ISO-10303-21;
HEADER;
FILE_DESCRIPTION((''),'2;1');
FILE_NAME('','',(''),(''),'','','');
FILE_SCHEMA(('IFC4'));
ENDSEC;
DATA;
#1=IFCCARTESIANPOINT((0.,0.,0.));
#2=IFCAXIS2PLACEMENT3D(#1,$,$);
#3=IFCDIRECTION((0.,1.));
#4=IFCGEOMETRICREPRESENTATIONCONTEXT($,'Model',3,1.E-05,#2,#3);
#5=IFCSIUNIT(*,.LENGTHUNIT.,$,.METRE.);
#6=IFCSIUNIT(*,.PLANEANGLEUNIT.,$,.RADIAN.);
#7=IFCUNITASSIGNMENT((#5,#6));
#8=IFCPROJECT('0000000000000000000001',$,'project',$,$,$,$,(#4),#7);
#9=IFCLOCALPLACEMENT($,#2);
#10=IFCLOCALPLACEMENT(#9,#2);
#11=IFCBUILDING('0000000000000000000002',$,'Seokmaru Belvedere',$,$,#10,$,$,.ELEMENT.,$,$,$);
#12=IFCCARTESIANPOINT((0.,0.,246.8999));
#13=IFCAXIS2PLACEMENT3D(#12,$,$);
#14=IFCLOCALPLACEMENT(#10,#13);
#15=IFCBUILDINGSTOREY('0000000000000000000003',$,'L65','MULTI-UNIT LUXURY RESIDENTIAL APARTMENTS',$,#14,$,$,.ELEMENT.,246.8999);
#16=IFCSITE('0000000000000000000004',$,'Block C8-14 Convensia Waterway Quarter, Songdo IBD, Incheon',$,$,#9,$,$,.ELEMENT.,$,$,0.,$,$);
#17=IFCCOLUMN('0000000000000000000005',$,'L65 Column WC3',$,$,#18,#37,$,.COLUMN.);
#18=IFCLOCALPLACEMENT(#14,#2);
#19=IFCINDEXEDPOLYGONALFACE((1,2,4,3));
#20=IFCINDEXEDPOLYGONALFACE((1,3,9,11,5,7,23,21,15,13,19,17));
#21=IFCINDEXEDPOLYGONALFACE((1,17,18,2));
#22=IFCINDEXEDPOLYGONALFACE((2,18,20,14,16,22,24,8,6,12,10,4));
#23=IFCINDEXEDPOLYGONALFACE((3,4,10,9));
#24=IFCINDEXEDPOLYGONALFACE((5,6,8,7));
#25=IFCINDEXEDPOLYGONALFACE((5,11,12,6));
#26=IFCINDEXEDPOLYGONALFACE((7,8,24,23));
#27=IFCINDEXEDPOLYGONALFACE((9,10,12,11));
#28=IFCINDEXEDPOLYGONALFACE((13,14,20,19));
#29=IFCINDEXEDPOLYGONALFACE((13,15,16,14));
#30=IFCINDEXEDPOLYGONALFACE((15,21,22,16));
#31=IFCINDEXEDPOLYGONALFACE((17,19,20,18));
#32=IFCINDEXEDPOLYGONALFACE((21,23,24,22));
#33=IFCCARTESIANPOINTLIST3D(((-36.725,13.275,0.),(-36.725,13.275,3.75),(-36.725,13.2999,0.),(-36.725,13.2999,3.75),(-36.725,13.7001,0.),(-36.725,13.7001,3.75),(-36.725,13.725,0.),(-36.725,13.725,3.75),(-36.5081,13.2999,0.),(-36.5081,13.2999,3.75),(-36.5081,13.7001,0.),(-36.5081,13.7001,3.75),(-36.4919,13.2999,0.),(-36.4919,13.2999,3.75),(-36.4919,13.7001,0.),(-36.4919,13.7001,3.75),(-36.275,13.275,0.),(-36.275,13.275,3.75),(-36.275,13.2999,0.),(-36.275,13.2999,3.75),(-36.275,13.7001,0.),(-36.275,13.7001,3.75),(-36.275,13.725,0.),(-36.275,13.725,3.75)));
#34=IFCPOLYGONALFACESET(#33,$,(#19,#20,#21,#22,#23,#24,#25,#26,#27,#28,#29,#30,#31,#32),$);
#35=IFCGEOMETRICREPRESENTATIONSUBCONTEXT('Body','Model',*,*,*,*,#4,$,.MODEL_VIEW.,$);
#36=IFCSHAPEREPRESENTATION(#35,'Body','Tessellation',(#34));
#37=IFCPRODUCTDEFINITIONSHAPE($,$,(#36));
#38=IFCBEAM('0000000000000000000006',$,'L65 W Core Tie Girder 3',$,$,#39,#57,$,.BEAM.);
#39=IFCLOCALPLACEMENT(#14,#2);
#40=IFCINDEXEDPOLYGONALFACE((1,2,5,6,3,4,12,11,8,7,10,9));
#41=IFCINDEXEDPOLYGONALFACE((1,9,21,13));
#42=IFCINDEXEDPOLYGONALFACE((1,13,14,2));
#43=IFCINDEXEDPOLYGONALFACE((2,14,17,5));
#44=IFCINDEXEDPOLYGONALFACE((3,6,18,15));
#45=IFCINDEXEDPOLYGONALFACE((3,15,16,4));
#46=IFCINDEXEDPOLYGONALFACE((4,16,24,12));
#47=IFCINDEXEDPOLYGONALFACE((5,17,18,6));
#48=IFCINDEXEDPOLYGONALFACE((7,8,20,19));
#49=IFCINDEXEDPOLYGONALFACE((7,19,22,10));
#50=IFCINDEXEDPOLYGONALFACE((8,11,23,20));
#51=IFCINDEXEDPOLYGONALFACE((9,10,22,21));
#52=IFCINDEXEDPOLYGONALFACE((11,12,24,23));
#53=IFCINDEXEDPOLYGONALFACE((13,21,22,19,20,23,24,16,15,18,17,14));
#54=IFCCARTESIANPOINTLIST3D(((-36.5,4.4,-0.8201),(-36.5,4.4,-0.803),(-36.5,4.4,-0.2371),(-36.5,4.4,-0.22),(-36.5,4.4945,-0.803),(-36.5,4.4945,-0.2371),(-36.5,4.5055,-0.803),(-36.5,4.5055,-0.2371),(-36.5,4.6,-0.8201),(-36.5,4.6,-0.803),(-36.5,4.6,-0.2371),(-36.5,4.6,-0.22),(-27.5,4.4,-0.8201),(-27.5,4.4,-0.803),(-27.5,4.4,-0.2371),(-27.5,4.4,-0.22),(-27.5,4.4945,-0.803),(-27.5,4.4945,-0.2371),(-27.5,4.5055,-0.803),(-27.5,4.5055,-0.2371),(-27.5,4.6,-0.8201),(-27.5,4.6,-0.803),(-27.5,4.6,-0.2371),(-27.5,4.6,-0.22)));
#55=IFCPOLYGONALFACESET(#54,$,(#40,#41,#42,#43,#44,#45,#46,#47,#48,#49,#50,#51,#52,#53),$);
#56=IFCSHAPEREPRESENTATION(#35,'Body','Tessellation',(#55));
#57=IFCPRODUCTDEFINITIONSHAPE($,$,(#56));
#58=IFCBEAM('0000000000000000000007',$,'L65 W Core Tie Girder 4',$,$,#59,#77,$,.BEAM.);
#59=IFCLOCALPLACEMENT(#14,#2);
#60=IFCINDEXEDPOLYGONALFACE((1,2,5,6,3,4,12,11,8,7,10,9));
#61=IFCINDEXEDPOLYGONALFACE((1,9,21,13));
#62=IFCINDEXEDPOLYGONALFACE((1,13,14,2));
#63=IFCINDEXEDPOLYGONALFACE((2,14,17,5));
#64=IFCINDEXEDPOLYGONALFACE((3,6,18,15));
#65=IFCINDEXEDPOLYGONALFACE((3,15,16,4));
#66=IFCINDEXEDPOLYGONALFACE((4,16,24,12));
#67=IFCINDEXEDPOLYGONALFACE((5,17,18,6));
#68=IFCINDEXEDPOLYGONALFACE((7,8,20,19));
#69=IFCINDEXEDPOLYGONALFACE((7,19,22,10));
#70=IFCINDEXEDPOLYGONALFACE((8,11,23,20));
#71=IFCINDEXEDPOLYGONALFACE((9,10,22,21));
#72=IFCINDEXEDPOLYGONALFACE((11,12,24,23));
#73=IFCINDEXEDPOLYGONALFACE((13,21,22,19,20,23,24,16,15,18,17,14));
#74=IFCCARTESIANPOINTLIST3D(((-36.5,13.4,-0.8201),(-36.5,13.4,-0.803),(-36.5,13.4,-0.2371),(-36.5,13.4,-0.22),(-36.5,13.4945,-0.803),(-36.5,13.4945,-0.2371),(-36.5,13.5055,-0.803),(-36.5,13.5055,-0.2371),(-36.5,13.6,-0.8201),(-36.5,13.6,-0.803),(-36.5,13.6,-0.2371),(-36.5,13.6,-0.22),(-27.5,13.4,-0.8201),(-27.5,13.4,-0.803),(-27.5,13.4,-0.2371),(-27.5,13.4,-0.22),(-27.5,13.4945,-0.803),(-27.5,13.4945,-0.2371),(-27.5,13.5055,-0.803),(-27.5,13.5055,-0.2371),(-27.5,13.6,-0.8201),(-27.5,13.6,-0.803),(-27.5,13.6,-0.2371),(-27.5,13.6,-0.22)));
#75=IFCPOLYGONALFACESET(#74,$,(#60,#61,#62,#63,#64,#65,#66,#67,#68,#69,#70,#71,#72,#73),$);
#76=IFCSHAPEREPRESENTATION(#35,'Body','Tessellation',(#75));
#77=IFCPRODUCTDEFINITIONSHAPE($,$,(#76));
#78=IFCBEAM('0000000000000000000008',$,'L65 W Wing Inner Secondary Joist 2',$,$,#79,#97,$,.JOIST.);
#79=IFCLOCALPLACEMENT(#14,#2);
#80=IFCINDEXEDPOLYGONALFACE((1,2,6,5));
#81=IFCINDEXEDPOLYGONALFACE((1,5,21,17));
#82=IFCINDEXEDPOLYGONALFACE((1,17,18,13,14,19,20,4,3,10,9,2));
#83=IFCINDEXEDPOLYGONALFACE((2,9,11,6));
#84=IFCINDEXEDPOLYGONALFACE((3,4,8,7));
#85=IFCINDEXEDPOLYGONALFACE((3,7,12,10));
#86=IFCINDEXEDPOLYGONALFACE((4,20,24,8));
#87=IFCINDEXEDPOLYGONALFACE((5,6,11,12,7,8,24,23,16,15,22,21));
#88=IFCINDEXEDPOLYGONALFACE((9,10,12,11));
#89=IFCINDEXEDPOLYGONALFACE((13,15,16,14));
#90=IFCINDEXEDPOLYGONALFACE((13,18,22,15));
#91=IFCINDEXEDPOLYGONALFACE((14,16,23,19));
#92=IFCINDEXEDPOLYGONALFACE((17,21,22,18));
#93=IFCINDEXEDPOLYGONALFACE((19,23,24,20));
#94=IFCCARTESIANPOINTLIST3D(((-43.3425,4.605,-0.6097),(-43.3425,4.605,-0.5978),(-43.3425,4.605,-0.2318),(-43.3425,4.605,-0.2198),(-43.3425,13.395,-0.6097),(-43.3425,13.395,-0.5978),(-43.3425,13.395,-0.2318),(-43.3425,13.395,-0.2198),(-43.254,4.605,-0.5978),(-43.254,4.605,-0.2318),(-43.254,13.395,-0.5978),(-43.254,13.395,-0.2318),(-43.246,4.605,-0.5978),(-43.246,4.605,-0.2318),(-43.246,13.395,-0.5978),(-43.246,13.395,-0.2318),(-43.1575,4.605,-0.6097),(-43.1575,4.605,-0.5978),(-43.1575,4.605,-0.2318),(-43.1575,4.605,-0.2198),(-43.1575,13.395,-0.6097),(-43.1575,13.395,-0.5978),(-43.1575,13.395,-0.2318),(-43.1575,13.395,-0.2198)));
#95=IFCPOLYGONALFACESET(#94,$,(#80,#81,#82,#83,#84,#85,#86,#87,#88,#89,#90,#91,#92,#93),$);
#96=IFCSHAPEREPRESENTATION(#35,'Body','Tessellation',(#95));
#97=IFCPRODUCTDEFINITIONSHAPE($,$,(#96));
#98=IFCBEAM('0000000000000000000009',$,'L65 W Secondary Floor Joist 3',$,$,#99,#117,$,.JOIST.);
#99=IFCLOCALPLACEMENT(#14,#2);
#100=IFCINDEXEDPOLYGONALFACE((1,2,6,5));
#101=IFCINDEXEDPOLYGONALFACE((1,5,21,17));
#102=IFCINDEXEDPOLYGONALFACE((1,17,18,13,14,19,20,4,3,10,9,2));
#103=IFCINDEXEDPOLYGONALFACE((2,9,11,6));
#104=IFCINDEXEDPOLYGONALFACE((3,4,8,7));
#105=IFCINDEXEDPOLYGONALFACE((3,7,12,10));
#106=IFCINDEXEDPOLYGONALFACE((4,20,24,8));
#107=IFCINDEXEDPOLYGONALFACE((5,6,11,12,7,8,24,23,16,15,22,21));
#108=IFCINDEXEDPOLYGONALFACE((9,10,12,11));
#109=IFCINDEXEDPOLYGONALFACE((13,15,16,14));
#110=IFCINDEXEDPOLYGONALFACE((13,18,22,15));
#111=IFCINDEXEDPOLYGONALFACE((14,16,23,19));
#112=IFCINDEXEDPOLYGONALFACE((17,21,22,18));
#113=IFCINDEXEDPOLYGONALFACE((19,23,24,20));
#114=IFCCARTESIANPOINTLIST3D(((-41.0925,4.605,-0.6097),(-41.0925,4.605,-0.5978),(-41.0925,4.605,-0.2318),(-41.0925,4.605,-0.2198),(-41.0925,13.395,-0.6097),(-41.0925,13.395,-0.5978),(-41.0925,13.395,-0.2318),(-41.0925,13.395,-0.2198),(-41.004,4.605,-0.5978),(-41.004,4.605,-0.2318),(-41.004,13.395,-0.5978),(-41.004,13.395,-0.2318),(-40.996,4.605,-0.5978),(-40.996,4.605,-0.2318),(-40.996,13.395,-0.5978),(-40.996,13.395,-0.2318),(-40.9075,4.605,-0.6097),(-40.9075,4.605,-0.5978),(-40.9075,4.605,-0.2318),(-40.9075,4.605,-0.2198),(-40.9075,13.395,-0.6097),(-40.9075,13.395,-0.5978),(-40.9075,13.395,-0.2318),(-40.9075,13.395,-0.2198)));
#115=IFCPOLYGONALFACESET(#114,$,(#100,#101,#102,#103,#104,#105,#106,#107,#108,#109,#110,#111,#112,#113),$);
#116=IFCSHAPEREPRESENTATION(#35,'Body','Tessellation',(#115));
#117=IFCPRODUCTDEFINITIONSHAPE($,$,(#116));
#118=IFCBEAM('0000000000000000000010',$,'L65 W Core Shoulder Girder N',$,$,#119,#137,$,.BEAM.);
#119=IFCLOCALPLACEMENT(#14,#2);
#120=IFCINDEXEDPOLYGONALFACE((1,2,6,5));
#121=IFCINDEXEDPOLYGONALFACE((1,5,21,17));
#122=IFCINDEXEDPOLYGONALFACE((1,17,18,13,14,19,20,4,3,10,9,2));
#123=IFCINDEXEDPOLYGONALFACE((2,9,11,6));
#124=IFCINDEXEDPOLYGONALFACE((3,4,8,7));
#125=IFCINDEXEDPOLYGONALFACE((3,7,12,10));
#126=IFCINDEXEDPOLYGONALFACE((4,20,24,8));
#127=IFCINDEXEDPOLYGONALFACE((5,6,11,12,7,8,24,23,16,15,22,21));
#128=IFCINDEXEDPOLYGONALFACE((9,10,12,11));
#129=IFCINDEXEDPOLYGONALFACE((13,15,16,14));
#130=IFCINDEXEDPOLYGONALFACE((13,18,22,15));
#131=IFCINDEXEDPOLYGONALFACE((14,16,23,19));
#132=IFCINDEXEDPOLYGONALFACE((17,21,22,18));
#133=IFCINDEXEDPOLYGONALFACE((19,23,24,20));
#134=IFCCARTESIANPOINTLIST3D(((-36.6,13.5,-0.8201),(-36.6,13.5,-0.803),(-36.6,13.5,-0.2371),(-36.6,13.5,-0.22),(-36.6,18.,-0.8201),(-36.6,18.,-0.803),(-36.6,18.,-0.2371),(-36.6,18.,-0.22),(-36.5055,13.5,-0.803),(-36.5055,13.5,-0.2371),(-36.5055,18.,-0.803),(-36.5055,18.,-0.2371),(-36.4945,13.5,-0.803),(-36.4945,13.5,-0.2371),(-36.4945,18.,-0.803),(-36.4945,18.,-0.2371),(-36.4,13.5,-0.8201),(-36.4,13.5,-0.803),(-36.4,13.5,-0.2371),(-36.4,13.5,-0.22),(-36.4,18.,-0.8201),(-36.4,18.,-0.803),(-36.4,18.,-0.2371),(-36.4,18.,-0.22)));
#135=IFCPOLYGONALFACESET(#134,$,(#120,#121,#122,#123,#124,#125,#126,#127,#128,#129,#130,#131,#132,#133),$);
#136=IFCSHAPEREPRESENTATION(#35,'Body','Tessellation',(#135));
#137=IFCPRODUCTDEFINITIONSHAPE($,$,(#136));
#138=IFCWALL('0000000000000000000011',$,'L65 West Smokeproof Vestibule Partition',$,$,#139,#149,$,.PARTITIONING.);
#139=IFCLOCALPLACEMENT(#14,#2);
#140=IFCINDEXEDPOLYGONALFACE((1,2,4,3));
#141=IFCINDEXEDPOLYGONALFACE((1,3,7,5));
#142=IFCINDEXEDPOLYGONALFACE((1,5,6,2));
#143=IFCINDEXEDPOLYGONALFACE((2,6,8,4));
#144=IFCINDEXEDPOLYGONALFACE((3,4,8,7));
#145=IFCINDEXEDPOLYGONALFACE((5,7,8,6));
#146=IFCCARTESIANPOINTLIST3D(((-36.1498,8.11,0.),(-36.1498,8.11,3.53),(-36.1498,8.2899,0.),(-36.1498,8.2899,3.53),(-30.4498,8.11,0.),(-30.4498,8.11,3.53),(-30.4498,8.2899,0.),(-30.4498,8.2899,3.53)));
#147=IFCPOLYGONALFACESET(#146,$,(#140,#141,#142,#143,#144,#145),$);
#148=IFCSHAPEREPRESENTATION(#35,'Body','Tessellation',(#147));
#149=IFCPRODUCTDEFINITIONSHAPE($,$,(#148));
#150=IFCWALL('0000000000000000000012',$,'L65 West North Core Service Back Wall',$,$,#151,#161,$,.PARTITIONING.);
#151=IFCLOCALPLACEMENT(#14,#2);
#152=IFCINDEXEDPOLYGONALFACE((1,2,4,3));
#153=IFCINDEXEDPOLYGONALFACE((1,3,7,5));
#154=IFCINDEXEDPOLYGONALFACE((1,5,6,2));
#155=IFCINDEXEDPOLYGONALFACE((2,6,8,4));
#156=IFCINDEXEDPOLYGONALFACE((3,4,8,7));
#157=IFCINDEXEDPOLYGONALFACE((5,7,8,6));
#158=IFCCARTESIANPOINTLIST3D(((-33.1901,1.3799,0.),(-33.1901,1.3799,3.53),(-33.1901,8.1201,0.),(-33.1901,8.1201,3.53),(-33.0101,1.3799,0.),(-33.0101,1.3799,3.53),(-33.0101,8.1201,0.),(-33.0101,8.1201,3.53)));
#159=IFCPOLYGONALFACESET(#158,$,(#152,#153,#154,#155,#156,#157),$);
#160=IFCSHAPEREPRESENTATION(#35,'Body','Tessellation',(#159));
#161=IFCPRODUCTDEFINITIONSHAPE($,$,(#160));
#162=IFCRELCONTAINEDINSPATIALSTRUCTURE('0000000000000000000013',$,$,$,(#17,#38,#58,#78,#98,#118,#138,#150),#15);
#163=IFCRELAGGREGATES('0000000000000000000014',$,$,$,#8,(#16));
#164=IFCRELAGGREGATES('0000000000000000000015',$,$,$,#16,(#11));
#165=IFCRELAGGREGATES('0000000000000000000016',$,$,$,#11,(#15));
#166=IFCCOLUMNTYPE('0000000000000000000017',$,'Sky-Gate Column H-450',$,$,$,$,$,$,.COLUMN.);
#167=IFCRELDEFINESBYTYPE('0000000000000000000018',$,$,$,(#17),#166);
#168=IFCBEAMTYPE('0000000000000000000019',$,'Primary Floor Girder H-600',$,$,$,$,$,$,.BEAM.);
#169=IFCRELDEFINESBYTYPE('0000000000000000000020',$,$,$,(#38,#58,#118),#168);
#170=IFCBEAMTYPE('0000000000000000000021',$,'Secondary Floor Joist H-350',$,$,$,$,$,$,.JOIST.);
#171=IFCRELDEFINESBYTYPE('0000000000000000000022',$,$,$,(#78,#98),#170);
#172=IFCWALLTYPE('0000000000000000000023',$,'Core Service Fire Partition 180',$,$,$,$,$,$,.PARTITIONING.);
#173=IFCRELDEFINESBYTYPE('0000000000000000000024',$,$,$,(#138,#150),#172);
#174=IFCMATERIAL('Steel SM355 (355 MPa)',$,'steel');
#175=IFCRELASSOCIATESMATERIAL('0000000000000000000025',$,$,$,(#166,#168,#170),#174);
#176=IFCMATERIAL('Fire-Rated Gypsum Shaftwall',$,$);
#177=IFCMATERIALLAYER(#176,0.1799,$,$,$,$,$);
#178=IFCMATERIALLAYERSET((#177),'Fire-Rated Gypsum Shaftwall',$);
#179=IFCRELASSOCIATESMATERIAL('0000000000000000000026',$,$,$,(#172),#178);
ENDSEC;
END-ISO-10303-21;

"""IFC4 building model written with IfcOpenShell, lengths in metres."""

from ifc_helpers import new_model, si_unit, direction, frame, frame_2d, origin, origin_2d, place, context, subcontext, project, spatial, rectangle, i_section, extrude, source, transform, mapped, material, layer, layer_set, material_profile, profile_set, type_object, type_shapes, element, save


model = new_model("IFC4")

# Units and contexts
model_context = context("Model", 3, precision=1e-05, world=origin(), true_north=direction((0.0, 1.0)))
body_context = subcontext(model_context, "Body", "Model", "MODEL_VIEW")
ifc_project = project(units=[si_unit("LENGTHUNIT", "METRE"), si_unit("PLANEANGLEUNIT", "RADIAN")], contexts=[model_context])

# Site, building, storey
site_placement = place(None, origin())
site = spatial("IfcSite", under=ifc_project, at=site_placement, Name="Block C8-14 Convensia Waterway Quarter, Songdo IBD, Incheon", CompositionType="ELEMENT", RefElevation=0.0)
building_placement = place(site_placement, origin())
building = spatial("IfcBuilding", under=site, at=building_placement, Name="Seokmaru Belvedere", CompositionType="ELEMENT")
storey_placement = place(building_placement, frame((0.0, 0.0, 246.8999)))
storey = spatial("IfcBuildingStorey", under=building, at=storey_placement, Name="L65", Description="MULTI-UNIT LUXURY RESIDENTIAL APARTMENTS", CompositionType="ELEMENT", Elevation=246.8999)

# Column
ifc_material_1 = material(Name="Steel SM355 (355 MPa)", Category="steel")
ifc_material_profile_1 = material_profile(ifc_material_1, i_section(OverallWidth=0.45, OverallDepth=0.45, WebThickness=0.0161, FlangeThickness=0.0249, at=origin_2d()), Name="H-450x450x16x25")
ifc_profile_set_1 = profile_set([ifc_material_profile_1], Name="Steel SM355 (355 MPa)")
column_type = type_object("IfcColumnType", Name="Sky-Gate Column H-450", PredefinedType="COLUMN", material=ifc_profile_set_1)
shared_shape_1 = source(origin(), body_context, "Body", "SweptSolid", [
    extrude(i_section(OverallWidth=0.45, OverallDepth=0.45, WebThickness=0.0161, FlangeThickness=0.0249, at=origin_2d()), origin(), (0.0, 0.0, 1.0), 3.75),
])
type_shapes(column_type, [shared_shape_1])
column_placement = place(storey_placement, frame((-36.5, 13.5, 0.0), z_axis=(0.0, 0.0, 1.0), x_axis=(1.0, 0.0, 0.0)))
element("IfcColumn", 1, at=column_placement, inside=storey, type_object=column_type, Name="L65 Column WC3", PredefinedType="COLUMN", context=body_context, shape_type="MappedRepresentation", body=[
    mapped(shared_shape_1, transform((0.0, 0.0, 0.0), scale=1.0)),
])

# Beams
ifc_material_profile_2 = material_profile(ifc_material_1, i_section(OverallWidth=0.2, OverallDepth=0.6001, WebThickness=0.011, FlangeThickness=0.0171, at=origin_2d()), Name="H-600x200x11x17")
ifc_profile_set_2 = profile_set([ifc_material_profile_2], Name="Steel SM355 (355 MPa)")
beam_type_1 = type_object("IfcBeamType", Name="Primary Floor Girder H-600", PredefinedType="BEAM", material=ifc_profile_set_2)
shared_shape_2 = source(origin(), body_context, "Body", "SweptSolid", [
    extrude(i_section(OverallWidth=0.2, OverallDepth=0.6001, WebThickness=0.011, FlangeThickness=0.0171, at=origin_2d()), origin(), (0.0, 0.0, 1.0), 9.0),
])
for number, where, z_axis, x_axis, name in (
    (2, (-36.5, 4.5, -0.52), (1.0, 0.0, 0.0), (0.0, 1.0, 0.0), "L65 W Core Tie Girder 3"),
    (3, (-36.5, 13.5, -0.52), (1.0, 0.0, 0.0), (0.0, 1.0, 0.0), "L65 W Core Tie Girder 4"),
):
    element("IfcBeam", number, at=place(storey_placement, frame(where, z_axis=z_axis, x_axis=x_axis)), inside=storey, type_object=beam_type_1, Name=name, PredefinedType="BEAM", context=body_context, shape_type="MappedRepresentation", body=[
        mapped(shared_shape_2, transform((0.0, 0.0, 0.0), scale=1.0)),
    ])
ifc_material_profile_3 = material_profile(ifc_material_1, i_section(OverallWidth=0.1851, OverallDepth=0.3899, WebThickness=0.0081, FlangeThickness=0.012, at=origin_2d()), Name="H-390x185x8x12")
ifc_profile_set_3 = profile_set([ifc_material_profile_3], Name="Steel SM355 (355 MPa)")
beam_type_2 = type_object("IfcBeamType", Name="Secondary Floor Joist H-350", PredefinedType="JOIST", material=ifc_profile_set_3)
shared_shape_3 = source(origin(), body_context, "Body", "SweptSolid", [
    extrude(i_section(OverallWidth=0.1851, OverallDepth=0.3899, WebThickness=0.0081, FlangeThickness=0.012, at=origin_2d()), origin(), (0.0, 0.0, 1.0), 8.79),
])
type_shapes(beam_type_2, [shared_shape_3])
for number, where, z_axis, x_axis, name in (
    (4, (-43.25, 4.605, -0.4148), (0.0, 1.0, 0.0), (-1.0, 0.0, 0.0), "L65 W Wing Inner Secondary Joist 2"),
    (5, (-41.0, 4.605, -0.4148), (0.0, 1.0, 0.0), (-1.0, 0.0, 0.0), "L65 W Secondary Floor Joist 3"),
):
    element("IfcBeam", number, at=place(storey_placement, frame(where, z_axis=z_axis, x_axis=x_axis)), inside=storey, type_object=beam_type_2, Name=name, PredefinedType="JOIST", context=body_context, shape_type="MappedRepresentation", body=[
        mapped(shared_shape_3, transform((0.0, 0.0, 0.0), scale=1.0)),
    ])
shared_shape_4 = source(origin(), body_context, "Body", "SweptSolid", [
    extrude(i_section(OverallWidth=0.2, OverallDepth=0.6001, WebThickness=0.011, FlangeThickness=0.0171, at=origin_2d()), origin(), (0.0, 0.0, 1.0), 4.5),
])
type_shapes(beam_type_1, [shared_shape_2, shared_shape_4])
beam_placement = place(storey_placement, frame((-36.5, 13.5, -0.52), z_axis=(0.0, 1.0, 0.0), x_axis=(-1.0, 0.0, 0.0)))
element("IfcBeam", 6, at=beam_placement, inside=storey, type_object=beam_type_1, Name="L65 W Core Shoulder Girder N", PredefinedType="BEAM", context=body_context, shape_type="MappedRepresentation", body=[
    mapped(shared_shape_4, transform((0.0, 0.0, 0.0), scale=1.0)),
])

# Walls
ifc_material_2 = material(Name="Fire-Rated Gypsum Shaftwall")
ifc_layer_1 = layer(ifc_material_2, 0.1799)
ifc_layer_set_1 = layer_set([ifc_layer_1], Name="Fire-Rated Gypsum Shaftwall")
wall_type_1 = type_object("IfcWallType", Name="Core Service Fire Partition 180", PredefinedType="PARTITIONING", material=ifc_layer_set_1)
wall_1_placement = place(storey_placement, frame((-36.1499, 8.2, 0.0), z_axis=(0.0, 0.0, 1.0), x_axis=(1.0, 0.0, 0.0)))
element("IfcWall", 7, at=wall_1_placement, inside=storey, type_object=wall_type_1, Name="L65 West Smokeproof Vestibule Partition", PredefinedType="PARTITIONING", context=body_context, shape_type="SweptSolid", body=[
    extrude(rectangle(XDim=5.7, YDim=0.1799, at=frame_2d((2.8501, 0.0))), origin(), (0.0, 0.0, 1.0), 3.53),
])
wall_2_placement = place(storey_placement, frame((-33.1001, 1.3799, 0.0), z_axis=(0.0, 0.0, 1.0), x_axis=(0.0, 1.0, 0.0)))
element("IfcWall", 8, at=wall_2_placement, inside=storey, type_object=wall_type_1, Name="L65 West North Core Service Back Wall", PredefinedType="PARTITIONING", context=body_context, shape_type="SweptSolid", body=[
    extrude(rectangle(XDim=6.7402, YDim=0.1799, at=frame_2d((3.3701, 0.0))), origin(), (0.0, 0.0, 1.0), 3.53),
])

save(model, "model.ifc")
